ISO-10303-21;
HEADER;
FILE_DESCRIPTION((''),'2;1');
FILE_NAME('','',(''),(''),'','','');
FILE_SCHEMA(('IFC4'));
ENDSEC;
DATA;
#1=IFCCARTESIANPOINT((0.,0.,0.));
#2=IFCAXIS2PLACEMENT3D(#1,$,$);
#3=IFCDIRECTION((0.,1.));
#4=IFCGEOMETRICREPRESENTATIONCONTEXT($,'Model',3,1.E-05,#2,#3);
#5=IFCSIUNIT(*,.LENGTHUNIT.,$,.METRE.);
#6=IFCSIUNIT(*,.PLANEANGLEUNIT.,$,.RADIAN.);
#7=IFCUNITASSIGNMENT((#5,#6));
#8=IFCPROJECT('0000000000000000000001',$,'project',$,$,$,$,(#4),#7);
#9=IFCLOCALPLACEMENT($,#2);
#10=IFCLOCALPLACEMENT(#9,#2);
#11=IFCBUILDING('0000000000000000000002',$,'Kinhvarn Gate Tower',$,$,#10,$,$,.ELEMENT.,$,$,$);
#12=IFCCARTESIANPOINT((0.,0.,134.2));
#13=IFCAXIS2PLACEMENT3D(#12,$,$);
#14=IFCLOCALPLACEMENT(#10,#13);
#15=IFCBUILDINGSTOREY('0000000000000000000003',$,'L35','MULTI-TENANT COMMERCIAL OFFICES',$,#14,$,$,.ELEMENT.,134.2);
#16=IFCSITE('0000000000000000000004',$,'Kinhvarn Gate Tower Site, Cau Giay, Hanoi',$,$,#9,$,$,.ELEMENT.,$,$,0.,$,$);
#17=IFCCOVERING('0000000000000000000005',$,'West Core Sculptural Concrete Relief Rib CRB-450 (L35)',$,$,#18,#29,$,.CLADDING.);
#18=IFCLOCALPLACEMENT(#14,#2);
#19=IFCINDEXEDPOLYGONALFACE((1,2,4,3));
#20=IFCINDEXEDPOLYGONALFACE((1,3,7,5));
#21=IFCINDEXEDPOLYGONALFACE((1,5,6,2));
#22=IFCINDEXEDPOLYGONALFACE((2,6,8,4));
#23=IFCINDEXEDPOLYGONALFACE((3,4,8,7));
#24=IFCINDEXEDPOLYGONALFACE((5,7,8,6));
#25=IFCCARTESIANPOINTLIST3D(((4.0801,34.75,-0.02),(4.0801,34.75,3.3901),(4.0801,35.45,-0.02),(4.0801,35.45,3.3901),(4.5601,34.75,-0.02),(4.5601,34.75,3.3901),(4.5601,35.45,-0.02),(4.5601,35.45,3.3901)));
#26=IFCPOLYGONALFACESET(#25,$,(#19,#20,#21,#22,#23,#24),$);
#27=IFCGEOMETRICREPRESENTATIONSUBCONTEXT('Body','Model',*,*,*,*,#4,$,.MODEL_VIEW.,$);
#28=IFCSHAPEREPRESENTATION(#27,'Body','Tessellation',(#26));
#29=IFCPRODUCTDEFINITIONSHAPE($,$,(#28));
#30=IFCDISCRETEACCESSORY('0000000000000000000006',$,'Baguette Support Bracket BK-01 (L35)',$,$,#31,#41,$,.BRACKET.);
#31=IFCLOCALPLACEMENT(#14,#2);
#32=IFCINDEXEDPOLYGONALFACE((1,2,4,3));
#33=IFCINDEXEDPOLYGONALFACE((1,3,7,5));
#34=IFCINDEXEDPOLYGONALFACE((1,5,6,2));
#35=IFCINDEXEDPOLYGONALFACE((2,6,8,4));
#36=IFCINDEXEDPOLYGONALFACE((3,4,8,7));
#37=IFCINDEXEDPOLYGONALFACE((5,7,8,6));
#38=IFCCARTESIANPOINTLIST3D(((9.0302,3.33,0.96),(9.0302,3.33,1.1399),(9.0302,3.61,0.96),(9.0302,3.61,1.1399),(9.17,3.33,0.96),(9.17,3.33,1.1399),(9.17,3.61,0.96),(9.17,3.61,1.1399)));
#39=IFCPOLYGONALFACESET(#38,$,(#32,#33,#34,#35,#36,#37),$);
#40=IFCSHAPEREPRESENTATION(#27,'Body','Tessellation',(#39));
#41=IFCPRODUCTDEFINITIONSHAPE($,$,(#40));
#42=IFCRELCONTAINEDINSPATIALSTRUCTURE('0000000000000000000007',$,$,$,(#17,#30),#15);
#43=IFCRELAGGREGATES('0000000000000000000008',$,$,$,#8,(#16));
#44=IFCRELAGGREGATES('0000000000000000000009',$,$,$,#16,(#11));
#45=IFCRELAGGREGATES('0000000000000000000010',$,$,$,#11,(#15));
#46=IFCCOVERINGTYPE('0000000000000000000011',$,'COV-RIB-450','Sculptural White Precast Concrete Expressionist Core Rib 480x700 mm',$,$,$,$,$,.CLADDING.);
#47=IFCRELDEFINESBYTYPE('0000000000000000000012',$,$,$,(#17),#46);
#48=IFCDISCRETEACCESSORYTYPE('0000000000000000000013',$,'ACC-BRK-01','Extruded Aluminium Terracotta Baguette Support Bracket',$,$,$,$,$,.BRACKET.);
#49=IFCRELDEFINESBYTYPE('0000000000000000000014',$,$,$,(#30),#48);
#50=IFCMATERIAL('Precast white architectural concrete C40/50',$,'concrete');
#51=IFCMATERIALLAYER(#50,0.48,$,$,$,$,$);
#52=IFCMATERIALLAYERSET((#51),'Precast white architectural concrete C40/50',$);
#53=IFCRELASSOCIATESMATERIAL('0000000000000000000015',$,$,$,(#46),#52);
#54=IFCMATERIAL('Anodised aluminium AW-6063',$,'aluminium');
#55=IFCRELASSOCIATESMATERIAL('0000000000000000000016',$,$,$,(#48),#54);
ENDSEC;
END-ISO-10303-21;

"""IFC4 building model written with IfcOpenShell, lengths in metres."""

from ifc_helpers import new_model, si_unit, direction, frame, origin, origin_2d, place, context, subcontext, project, spatial, polyline, rectangle, outline, extrude, material, layer, layer_set, type_object, element, save


model = new_model("IFC4")

# Units and contexts
model_context = context("Model", 3, precision=1e-05, world=origin(), true_north=direction((0.0, 1.0)))
body_context = subcontext(model_context, "Body", "Model", "MODEL_VIEW")
ifc_project = project(units=[si_unit("LENGTHUNIT", "METRE"), si_unit("PLANEANGLEUNIT", "RADIAN")], contexts=[model_context])

# Site, building, storey
site_placement = place(None, origin())
site = spatial("IfcSite", under=ifc_project, at=site_placement, Name="Kinhvarn Gate Tower Site, Cau Giay, Hanoi", CompositionType="ELEMENT", RefElevation=0.0)
building_placement = place(site_placement, origin())
building = spatial("IfcBuilding", under=site, at=building_placement, Name="Kinhvarn Gate Tower", CompositionType="ELEMENT")
storey_placement = place(building_placement, frame((0.0, 0.0, 134.2)))
storey = spatial("IfcBuildingStorey", under=building, at=storey_placement, Name="L35", Description="MULTI-TENANT COMMERCIAL OFFICES", CompositionType="ELEMENT", Elevation=134.2)

# Shared definitions
ifc_material_1 = material(Name="Precast white architectural concrete C40/50", Category="concrete")

# Covering
ifc_layer_1 = layer(ifc_material_1, 0.48)
ifc_layer_set_1 = layer_set([ifc_layer_1], Name="Precast white architectural concrete C40/50")
covering_type_1 = type_object("IfcCoveringType", Name="COV-RIB-450", Description="Sculptural White Precast Concrete Expressionist Core Rib 480x700 mm", PredefinedType="CLADDING", material=ifc_layer_set_1)
covering_1_placement = place(storey_placement, frame((0.0, 0.0, -0.02)))
element("IfcCovering", 1, at=covering_1_placement, inside=storey, type_object=covering_type_1, Name="West Core Sculptural Concrete Relief Rib CRB-450 (L35)", PredefinedType="CLADDING", context=body_context, shape_type="SweptSolid", body=[
    extrude(outline(polyline([(4.0801, 34.75), (4.5601, 34.75), (4.5601, 35.45), (4.0801, 35.45), (4.0801, 34.75)])), origin(), (0.0, 0.0, 1.0), 3.4102),
])

# Discrete accessory
ifc_material_2 = material(Name="Anodised aluminium AW-6063", Category="aluminium")
discrete_accessory_type = type_object("IfcDiscreteAccessoryType", Name="ACC-BRK-01", Description="Extruded Aluminium Terracotta Baguette Support Bracket", PredefinedType="BRACKET", material=ifc_material_2)
discrete_accessory_placement = place(storey_placement, frame((9.1001, 3.47, 0.96), z_axis=(0.0, 0.0, 1.0), x_axis=(1.0, 0.0, 0.0)))
element("IfcDiscreteAccessory", 2, at=discrete_accessory_placement, inside=storey, type_object=discrete_accessory_type, Name="Baguette Support Bracket BK-01 (L35)", PredefinedType="BRACKET", context=body_context, shape_type="SweptSolid", body=[
    extrude(rectangle(XDim=0.1399, YDim=0.28, at=origin_2d()), origin(), (0.0, 0.0, 1.0), 0.1799),
])

save(model, "model.ifc")
